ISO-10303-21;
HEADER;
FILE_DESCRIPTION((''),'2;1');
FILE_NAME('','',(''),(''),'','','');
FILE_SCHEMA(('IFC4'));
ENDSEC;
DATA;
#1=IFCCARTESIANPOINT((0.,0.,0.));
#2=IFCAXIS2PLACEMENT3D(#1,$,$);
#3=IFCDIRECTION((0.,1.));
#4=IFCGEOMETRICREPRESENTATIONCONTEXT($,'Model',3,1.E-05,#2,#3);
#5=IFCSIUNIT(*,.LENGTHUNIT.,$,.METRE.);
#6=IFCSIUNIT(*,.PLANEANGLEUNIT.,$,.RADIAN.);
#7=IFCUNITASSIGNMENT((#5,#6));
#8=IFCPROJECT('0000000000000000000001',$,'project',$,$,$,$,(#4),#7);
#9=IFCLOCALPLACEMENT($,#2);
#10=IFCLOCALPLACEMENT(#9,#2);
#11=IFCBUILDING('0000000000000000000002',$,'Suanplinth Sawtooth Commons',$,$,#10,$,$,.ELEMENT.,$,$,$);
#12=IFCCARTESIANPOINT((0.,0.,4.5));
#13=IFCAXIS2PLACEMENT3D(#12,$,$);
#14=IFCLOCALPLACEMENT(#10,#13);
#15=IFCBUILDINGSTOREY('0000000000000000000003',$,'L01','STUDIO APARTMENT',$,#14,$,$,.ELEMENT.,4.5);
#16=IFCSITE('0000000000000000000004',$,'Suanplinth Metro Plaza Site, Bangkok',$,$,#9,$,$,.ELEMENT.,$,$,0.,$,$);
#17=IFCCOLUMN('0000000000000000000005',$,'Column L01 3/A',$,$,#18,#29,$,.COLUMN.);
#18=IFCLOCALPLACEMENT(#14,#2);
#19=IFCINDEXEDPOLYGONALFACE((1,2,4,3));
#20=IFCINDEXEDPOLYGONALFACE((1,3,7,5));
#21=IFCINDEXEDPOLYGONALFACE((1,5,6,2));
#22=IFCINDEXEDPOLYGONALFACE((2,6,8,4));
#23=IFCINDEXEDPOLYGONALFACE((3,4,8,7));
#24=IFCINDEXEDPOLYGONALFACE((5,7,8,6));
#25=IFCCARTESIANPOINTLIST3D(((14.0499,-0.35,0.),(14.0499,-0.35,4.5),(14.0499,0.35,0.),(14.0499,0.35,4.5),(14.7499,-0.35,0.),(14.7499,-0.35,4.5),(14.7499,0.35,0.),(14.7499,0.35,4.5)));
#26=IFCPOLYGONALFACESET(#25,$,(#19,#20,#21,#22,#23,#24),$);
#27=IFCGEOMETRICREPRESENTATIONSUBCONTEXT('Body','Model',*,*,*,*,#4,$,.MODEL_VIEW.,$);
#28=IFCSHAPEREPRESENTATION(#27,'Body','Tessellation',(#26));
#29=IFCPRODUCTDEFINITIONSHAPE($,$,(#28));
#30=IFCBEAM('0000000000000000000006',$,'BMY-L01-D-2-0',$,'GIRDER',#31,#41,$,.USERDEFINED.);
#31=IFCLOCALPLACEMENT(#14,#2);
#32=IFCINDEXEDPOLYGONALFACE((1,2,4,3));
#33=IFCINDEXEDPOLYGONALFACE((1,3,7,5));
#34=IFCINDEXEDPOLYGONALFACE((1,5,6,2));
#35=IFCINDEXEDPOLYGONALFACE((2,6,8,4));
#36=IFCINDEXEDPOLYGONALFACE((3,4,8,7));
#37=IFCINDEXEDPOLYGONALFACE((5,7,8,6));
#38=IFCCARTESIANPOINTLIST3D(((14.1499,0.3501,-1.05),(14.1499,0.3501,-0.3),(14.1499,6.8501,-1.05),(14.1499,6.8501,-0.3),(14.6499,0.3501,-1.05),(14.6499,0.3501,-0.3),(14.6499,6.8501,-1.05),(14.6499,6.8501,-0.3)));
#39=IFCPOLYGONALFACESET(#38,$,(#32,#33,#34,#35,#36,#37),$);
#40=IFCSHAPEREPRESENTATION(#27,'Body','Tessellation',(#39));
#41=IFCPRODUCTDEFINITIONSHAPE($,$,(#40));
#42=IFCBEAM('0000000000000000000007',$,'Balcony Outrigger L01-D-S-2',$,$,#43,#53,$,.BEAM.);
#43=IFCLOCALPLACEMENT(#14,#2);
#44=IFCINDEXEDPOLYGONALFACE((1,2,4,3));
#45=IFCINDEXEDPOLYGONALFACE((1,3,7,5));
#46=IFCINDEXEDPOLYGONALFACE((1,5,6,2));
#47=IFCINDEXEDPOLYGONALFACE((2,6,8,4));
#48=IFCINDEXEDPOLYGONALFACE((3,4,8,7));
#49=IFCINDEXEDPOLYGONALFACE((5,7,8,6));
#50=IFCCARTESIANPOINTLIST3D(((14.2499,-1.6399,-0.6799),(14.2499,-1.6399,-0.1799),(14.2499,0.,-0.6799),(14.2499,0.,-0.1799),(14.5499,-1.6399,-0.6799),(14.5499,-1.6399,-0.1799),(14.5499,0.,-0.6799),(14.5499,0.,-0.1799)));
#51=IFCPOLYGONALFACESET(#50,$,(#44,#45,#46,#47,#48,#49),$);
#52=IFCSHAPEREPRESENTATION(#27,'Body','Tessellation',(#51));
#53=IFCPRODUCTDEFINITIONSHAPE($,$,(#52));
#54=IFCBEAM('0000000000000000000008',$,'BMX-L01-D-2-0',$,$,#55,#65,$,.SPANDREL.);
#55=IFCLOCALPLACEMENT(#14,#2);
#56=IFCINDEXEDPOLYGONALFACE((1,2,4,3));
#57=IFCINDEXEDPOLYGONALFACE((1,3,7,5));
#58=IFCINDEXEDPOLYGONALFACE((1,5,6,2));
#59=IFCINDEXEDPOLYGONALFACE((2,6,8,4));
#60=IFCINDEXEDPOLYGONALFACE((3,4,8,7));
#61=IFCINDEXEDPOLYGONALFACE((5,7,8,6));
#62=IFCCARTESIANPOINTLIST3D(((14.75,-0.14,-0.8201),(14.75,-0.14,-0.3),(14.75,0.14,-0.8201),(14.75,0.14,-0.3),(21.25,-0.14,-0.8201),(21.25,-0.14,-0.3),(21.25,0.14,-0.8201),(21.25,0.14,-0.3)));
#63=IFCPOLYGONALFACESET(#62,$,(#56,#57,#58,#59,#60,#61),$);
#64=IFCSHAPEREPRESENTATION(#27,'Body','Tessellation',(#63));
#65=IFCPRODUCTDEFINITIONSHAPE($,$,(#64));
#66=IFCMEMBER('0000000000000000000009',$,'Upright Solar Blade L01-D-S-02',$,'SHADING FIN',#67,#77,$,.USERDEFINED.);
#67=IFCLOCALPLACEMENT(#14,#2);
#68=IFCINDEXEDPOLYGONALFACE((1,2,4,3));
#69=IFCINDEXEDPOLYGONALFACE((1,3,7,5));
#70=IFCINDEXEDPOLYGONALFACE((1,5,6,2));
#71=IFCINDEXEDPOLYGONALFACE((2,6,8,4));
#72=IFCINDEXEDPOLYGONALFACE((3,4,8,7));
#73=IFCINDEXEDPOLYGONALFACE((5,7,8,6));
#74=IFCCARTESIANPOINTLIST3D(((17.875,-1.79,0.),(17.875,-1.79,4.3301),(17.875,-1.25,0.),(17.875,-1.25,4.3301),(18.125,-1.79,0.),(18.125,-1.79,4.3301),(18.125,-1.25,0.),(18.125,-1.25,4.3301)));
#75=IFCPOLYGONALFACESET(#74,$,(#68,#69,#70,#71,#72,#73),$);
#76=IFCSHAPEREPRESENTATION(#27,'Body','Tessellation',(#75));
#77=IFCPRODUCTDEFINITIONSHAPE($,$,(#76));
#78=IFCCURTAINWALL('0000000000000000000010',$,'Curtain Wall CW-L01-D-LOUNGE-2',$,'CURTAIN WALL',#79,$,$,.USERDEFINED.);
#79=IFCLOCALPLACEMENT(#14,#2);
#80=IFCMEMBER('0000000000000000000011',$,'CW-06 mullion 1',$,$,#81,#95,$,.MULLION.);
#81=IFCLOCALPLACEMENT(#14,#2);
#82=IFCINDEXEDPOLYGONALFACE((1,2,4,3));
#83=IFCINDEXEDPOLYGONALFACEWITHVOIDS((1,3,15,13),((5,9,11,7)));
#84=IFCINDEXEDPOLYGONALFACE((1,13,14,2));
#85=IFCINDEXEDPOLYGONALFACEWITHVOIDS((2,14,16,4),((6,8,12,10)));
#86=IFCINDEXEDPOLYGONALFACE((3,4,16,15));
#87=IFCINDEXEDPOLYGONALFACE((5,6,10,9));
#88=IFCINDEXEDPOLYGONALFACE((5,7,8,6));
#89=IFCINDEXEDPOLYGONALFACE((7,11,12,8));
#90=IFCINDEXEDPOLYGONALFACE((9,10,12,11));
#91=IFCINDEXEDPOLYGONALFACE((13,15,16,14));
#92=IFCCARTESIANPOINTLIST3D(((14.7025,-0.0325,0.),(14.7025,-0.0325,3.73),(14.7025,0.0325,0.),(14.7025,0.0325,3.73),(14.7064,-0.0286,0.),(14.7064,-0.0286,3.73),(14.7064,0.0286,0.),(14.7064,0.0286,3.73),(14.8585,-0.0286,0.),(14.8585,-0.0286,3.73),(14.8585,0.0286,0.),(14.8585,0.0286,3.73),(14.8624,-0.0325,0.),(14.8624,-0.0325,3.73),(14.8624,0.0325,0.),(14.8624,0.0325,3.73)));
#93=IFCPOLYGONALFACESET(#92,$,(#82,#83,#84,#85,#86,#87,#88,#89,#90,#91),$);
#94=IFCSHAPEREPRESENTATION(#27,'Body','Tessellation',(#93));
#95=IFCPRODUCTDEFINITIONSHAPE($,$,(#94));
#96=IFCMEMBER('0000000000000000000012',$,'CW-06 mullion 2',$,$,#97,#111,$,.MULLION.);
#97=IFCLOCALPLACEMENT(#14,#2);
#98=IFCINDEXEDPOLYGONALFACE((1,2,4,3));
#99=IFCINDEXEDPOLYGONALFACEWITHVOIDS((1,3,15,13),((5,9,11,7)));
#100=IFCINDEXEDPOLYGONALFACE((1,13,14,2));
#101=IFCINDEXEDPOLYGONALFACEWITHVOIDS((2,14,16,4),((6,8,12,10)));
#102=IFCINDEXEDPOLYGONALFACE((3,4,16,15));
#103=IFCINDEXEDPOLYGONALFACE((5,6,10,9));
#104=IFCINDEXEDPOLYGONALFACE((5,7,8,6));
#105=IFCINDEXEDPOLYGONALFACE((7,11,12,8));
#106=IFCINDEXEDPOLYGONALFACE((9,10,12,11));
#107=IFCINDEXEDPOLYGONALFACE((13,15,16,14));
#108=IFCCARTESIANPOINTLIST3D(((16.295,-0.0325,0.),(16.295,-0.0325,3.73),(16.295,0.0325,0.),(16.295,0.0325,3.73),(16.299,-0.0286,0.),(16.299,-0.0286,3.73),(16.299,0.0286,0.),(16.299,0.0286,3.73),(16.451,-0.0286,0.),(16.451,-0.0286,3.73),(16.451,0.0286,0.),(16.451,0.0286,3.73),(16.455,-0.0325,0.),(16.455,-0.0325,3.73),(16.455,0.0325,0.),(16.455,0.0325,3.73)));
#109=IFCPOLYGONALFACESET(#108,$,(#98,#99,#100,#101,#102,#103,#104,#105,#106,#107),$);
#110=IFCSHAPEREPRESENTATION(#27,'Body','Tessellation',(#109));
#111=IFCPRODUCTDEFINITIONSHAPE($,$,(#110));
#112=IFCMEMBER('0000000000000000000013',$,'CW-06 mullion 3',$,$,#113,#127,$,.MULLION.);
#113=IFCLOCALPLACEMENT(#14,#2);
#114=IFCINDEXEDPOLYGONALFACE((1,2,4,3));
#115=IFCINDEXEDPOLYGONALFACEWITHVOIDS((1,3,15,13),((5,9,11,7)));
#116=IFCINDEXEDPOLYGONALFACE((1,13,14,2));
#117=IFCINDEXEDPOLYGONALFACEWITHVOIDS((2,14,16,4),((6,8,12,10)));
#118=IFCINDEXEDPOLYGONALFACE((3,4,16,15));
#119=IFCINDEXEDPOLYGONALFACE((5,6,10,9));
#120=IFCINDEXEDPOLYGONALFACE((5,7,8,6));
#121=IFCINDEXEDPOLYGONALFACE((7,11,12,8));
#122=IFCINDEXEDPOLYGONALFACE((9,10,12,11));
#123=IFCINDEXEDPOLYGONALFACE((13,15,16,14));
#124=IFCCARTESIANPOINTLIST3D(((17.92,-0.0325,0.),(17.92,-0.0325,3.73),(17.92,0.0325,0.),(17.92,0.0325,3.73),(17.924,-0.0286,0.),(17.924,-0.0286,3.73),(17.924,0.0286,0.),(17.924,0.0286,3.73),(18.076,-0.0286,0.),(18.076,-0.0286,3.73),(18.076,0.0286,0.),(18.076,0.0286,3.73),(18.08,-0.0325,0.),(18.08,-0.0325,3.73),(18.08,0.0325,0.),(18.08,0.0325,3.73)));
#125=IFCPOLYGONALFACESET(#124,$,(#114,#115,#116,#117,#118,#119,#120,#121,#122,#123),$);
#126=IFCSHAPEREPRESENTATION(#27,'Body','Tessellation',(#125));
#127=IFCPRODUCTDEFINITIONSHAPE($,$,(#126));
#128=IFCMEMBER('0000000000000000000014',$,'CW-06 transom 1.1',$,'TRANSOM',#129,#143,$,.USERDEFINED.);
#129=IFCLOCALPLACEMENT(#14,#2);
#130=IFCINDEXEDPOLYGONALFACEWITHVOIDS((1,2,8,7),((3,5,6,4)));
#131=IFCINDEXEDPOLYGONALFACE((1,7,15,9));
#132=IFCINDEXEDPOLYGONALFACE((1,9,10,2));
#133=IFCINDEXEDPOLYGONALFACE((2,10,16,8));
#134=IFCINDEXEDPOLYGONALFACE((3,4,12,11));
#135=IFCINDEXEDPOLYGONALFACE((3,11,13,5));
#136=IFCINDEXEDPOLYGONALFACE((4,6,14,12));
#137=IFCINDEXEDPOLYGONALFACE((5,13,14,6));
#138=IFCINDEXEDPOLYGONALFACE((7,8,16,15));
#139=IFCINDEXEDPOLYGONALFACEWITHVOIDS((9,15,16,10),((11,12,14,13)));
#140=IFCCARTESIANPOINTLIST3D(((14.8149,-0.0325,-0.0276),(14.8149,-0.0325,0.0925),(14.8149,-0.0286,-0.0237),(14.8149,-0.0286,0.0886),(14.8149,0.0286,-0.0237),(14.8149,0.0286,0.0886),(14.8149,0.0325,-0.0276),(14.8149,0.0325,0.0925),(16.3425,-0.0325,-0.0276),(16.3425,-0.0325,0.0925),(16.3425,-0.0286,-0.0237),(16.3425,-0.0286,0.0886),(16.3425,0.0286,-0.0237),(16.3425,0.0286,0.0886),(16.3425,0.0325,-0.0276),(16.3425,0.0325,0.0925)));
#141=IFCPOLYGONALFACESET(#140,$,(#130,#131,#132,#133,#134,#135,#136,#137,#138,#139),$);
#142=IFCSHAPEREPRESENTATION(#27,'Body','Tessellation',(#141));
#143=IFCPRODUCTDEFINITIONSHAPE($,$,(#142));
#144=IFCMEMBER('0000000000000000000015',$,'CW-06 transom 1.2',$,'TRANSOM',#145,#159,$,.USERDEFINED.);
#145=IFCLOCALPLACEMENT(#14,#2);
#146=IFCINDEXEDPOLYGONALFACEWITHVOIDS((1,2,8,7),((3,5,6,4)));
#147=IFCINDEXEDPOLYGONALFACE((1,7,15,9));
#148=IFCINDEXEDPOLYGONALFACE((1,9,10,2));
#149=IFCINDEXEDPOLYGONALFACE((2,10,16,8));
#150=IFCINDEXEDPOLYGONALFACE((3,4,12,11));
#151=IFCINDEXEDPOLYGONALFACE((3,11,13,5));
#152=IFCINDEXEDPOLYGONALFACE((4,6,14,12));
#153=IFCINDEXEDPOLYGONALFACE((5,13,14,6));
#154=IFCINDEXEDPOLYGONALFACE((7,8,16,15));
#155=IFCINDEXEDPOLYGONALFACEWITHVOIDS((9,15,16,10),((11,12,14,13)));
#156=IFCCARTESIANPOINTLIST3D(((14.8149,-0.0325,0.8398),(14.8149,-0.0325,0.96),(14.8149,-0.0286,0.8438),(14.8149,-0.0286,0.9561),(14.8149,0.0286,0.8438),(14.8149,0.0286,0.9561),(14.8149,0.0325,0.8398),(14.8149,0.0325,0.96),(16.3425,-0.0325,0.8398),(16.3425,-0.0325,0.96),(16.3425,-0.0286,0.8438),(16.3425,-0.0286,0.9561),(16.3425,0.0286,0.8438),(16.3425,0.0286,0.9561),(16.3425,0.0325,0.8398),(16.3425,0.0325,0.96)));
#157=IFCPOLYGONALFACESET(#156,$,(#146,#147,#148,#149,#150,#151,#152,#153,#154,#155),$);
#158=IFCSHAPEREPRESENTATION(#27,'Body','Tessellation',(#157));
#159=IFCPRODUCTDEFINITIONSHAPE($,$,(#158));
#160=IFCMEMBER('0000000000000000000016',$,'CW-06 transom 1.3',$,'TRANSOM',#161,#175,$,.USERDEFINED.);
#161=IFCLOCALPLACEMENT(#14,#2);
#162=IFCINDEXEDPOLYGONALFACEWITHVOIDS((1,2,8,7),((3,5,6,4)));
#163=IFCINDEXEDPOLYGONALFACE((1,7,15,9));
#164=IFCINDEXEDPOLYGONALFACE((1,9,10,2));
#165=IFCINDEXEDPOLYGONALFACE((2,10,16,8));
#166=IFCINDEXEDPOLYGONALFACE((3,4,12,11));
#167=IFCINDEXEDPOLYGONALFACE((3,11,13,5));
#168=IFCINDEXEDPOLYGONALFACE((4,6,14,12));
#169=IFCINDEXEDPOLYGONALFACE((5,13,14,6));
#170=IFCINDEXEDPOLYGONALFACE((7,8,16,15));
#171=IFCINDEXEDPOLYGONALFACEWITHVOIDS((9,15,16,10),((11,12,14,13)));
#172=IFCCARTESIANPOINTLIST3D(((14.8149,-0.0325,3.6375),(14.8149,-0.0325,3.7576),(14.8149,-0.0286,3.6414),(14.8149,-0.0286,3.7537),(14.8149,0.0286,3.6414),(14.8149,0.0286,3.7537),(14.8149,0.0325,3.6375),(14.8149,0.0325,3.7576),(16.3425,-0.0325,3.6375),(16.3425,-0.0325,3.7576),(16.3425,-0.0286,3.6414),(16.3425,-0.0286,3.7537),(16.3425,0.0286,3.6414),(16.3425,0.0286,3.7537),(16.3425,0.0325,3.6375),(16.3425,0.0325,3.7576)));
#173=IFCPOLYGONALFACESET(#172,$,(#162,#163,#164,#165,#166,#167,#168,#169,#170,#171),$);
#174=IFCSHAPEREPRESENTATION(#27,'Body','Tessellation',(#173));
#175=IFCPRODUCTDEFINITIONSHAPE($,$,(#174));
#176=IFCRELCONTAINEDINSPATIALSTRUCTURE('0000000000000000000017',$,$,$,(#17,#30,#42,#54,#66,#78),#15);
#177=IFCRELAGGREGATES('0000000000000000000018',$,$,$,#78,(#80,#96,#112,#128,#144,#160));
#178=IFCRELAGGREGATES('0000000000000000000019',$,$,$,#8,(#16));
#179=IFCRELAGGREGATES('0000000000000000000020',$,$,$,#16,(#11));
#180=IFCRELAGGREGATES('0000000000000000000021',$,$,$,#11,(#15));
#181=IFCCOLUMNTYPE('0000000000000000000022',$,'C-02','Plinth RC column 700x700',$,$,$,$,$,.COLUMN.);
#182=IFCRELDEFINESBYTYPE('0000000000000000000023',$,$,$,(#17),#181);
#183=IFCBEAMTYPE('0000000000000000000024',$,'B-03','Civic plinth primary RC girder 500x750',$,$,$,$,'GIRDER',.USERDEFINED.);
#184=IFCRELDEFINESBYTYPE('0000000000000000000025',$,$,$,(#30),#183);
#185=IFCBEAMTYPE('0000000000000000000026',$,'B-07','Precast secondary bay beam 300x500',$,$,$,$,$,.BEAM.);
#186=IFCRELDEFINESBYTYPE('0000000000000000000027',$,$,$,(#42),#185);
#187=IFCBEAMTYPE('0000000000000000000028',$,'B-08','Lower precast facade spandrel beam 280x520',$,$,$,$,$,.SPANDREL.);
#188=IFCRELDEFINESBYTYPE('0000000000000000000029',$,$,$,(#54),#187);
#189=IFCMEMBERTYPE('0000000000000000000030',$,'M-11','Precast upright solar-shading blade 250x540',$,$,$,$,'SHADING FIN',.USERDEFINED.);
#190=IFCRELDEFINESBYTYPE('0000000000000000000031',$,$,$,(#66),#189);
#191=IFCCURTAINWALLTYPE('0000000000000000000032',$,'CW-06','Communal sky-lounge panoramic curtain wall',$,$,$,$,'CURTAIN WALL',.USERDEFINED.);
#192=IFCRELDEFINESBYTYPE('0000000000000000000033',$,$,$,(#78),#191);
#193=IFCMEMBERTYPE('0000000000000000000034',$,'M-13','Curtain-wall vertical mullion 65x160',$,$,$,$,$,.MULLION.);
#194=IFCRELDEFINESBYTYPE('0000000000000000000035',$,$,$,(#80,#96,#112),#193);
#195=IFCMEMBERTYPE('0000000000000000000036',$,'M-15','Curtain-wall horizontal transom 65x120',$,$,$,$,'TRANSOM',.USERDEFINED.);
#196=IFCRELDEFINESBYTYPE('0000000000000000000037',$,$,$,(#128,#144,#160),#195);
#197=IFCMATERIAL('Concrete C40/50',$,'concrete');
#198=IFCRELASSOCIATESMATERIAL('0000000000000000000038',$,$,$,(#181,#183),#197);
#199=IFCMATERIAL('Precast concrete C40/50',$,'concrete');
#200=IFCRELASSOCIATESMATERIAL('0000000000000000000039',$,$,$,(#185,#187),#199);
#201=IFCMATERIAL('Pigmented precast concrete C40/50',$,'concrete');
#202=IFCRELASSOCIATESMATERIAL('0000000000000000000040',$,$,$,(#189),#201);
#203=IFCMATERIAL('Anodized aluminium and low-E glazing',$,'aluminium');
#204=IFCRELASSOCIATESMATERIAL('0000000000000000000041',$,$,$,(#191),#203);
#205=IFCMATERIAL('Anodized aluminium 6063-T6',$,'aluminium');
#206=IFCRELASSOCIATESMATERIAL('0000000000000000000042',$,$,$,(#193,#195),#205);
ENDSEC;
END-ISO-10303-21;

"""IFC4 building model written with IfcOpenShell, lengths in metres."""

from ifc_helpers import new_model, si_unit, direction, frame, origin, origin_2d, place, context, subcontext, project, spatial, rectangle, hollow_rectangle, extrude, material, material_profile, profile_set, type_object, element, aggregate, save


model = new_model("IFC4")

# Units and contexts
model_context = context("Model", 3, precision=1e-05, world=origin(), true_north=direction((0.0, 1.0)))
body_context = subcontext(model_context, "Body", "Model", "MODEL_VIEW")
ifc_project = project(units=[si_unit("LENGTHUNIT", "METRE"), si_unit("PLANEANGLEUNIT", "RADIAN")], contexts=[model_context])

# Site, building, storey
site_placement = place(None, origin())
site = spatial("IfcSite", under=ifc_project, at=site_placement, Name="Suanplinth Metro Plaza Site, Bangkok", CompositionType="ELEMENT", RefElevation=0.0)
building_placement = place(site_placement, origin())
building = spatial("IfcBuilding", under=site, at=building_placement, Name="Suanplinth Sawtooth Commons", CompositionType="ELEMENT")
storey_placement = place(building_placement, frame((0.0, 0.0, 4.5)))
storey = spatial("IfcBuildingStorey", under=building, at=storey_placement, Name="L01", Description="STUDIO APARTMENT", CompositionType="ELEMENT", Elevation=4.5)

# Column
ifc_material_1 = material(Name="Concrete C40/50", Category="concrete")
ifc_material_profile_1 = material_profile(ifc_material_1, rectangle(XDim=0.7, YDim=0.7, at=origin_2d()), Name="RC-COL 700x700")
ifc_profile_set_1 = profile_set([ifc_material_profile_1], Name="Concrete C40/50")
column_type = type_object("IfcColumnType", Name="C-02", Description="Plinth RC column 700x700", PredefinedType="COLUMN", material=ifc_profile_set_1)
column_placement = place(storey_placement, frame((14.3999, 0.0, 0.0), z_axis=(0.0, 0.0, 1.0), x_axis=(1.0, 0.0, 0.0)))
element("IfcColumn", 1, at=column_placement, inside=storey, type_object=column_type, Name="Column L01 3/A", PredefinedType="COLUMN", context=body_context, shape_type="SweptSolid", body=[
    extrude(rectangle(XDim=0.7, YDim=0.7, at=origin_2d()), origin(), (0.0, 0.0, 1.0), 4.5),
])

# Beams
ifc_material_profile_2 = material_profile(ifc_material_1, rectangle(XDim=0.5, YDim=0.75, at=origin_2d()), Name="RC-GDR 500x750")
ifc_profile_set_2 = profile_set([ifc_material_profile_2], Name="Concrete C40/50")
beam_type_1 = type_object("IfcBeamType", Name="B-03", Description="Civic plinth primary RC girder 500x750", ElementType="GIRDER", PredefinedType="USERDEFINED", material=ifc_profile_set_2)
beam_1_placement = place(storey_placement, frame((14.3999, 0.3501, -0.675), z_axis=(0.0, 1.0, 0.0), x_axis=(-1.0, 0.0, 0.0)))
element("IfcBeam", 2, at=beam_1_placement, inside=storey, type_object=beam_type_1, Name="BMY-L01-D-2-0", ObjectType="GIRDER", PredefinedType="USERDEFINED", context=body_context, shape_type="SweptSolid", body=[
    extrude(rectangle(XDim=0.5, YDim=0.75, at=origin_2d()), origin(), (0.0, 0.0, 1.0), 6.5),
])
ifc_material_2 = material(Name="Precast concrete C40/50", Category="concrete")
ifc_material_profile_3 = material_profile(ifc_material_2, rectangle(XDim=0.3, YDim=0.5, at=origin_2d()), Name="PC-BM 300x500")
ifc_profile_set_3 = profile_set([ifc_material_profile_3], Name="Precast concrete C40/50")
beam_type_2 = type_object("IfcBeamType", Name="B-07", Description="Precast secondary bay beam 300x500", PredefinedType="BEAM", material=ifc_profile_set_3)
beam_2_placement = place(storey_placement, frame((14.3999, 0.0, -0.4299), z_axis=(0.0, -1.0, 0.0), x_axis=(1.0, 0.0, 0.0)))
element("IfcBeam", 3, at=beam_2_placement, inside=storey, type_object=beam_type_2, Name="Balcony Outrigger L01-D-S-2", PredefinedType="BEAM", context=body_context, shape_type="SweptSolid", body=[
    extrude(rectangle(XDim=0.3, YDim=0.5, at=origin_2d()), origin(), (0.0, 0.0, 1.0), 1.6399),
])
ifc_material_profile_4 = material_profile(ifc_material_2, rectangle(XDim=0.28, YDim=0.52, at=origin_2d()), Name="PC-SP 280x520")
ifc_profile_set_4 = profile_set([ifc_material_profile_4], Name="Precast concrete C40/50")
beam_type_3 = type_object("IfcBeamType", Name="B-08", Description="Lower precast facade spandrel beam 280x520", PredefinedType="SPANDREL", material=ifc_profile_set_4)
beam_3_placement = place(storey_placement, frame((14.75, 0.0, -0.5601), z_axis=(1.0, 0.0, 0.0), x_axis=(0.0, 1.0, 0.0)))
element("IfcBeam", 4, at=beam_3_placement, inside=storey, type_object=beam_type_3, Name="BMX-L01-D-2-0", PredefinedType="SPANDREL", context=body_context, shape_type="SweptSolid", body=[
    extrude(rectangle(XDim=0.28, YDim=0.52, at=origin_2d()), origin(), (0.0, 0.0, 1.0), 6.5),
])

# Member
ifc_material_3 = material(Name="Pigmented precast concrete C40/50", Category="concrete")
ifc_material_profile_5 = material_profile(ifc_material_3, rectangle(XDim=0.25, YDim=0.54, at=origin_2d()), Name="PC-FIN 250x540")
ifc_profile_set_5 = profile_set([ifc_material_profile_5], Name="Pigmented precast concrete C40/50")
member_type_1 = type_object("IfcMemberType", Name="M-11", Description="Precast upright solar-shading blade 250x540", ElementType="SHADING FIN", PredefinedType="USERDEFINED", material=ifc_profile_set_5)
member_1_placement = place(storey_placement, frame((18.0, -1.52, 0.0), z_axis=(0.0, 0.0, 1.0), x_axis=(1.0, 0.0, 0.0)))
element("IfcMember", 5, at=member_1_placement, inside=storey, type_object=member_type_1, Name="Upright Solar Blade L01-D-S-02", ObjectType="SHADING FIN", PredefinedType="USERDEFINED", context=body_context, shape_type="SweptSolid", body=[
    extrude(rectangle(XDim=0.25, YDim=0.54, at=origin_2d()), origin(), (0.0, 0.0, 1.0), 4.3301),
])

# Curtain wall, members
ifc_material_4 = material(Name="Anodized aluminium and low-E glazing", Category="aluminium")
curtain_wall_type = type_object("IfcCurtainWallType", Name="CW-06", Description="Communal sky-lounge panoramic curtain wall", ElementType="CURTAIN WALL", PredefinedType="USERDEFINED", material=ifc_material_4)
curtain_wall_placement = place(storey_placement, origin())
curtain_wall = element("IfcCurtainWall", 6, at=curtain_wall_placement, inside=storey, type_object=curtain_wall_type, Name="Curtain Wall CW-L01-D-LOUNGE-2", ObjectType="CURTAIN WALL", PredefinedType="USERDEFINED")
ifc_material_5 = material(Name="Anodized aluminium 6063-T6", Category="aluminium")
ifc_material_profile_6 = material_profile(ifc_material_5, hollow_rectangle(XDim=0.0649, YDim=0.1599, WallThickness=0.0039, at=origin_2d()), Name="ALU-MUL 65x160")
ifc_profile_set_6 = profile_set([ifc_material_profile_6], Name="Anodized aluminium 6063-T6")
member_type_2 = type_object("IfcMemberType", Name="M-13", Description="Curtain-wall vertical mullion 65x160", PredefinedType="MULLION", material=ifc_profile_set_6)
member_2_placement = place(storey_placement, frame((14.7825, 0.0, 0.0), z_axis=(0.0, 0.0, 1.0), x_axis=(0.0, 1.0, 0.0)))
member_2 = element("IfcMember", 7, at=member_2_placement, type_object=member_type_2, Name="CW-06 mullion 1", PredefinedType="MULLION", context=body_context, shape_type="SweptSolid", body=[
    extrude(hollow_rectangle(XDim=0.0649, YDim=0.1599, WallThickness=0.0039, at=origin_2d()), origin(), (0.0, 0.0, 1.0), 3.73),
])
member_3_placement = place(storey_placement, frame((16.375, 0.0, 0.0), z_axis=(0.0, 0.0, 1.0), x_axis=(0.0, 1.0, 0.0)))
member_3 = element("IfcMember", 8, at=member_3_placement, type_object=member_type_2, Name="CW-06 mullion 2", PredefinedType="MULLION", context=body_context, shape_type="SweptSolid", body=[
    extrude(hollow_rectangle(XDim=0.0649, YDim=0.1599, WallThickness=0.0039, at=origin_2d()), origin(), (0.0, 0.0, 1.0), 3.73),
])
member_4_placement = place(storey_placement, frame((18.0, 0.0, 0.0), z_axis=(0.0, 0.0, 1.0), x_axis=(0.0, 1.0, 0.0)))
member_4 = element("IfcMember", 9, at=member_4_placement, type_object=member_type_2, Name="CW-06 mullion 3", PredefinedType="MULLION", context=body_context, shape_type="SweptSolid", body=[
    extrude(hollow_rectangle(XDim=0.0649, YDim=0.1599, WallThickness=0.0039, at=origin_2d()), origin(), (0.0, 0.0, 1.0), 3.73),
])
ifc_material_profile_7 = material_profile(ifc_material_5, hollow_rectangle(XDim=0.0649, YDim=0.1201, WallThickness=0.0039, at=origin_2d()), Name="ALU-TRN 65x120")
ifc_profile_set_7 = profile_set([ifc_material_profile_7], Name="Anodized aluminium 6063-T6")
member_type_3 = type_object("IfcMemberType", Name="M-15", Description="Curtain-wall horizontal transom 65x120", ElementType="TRANSOM", PredefinedType="USERDEFINED", material=ifc_profile_set_7)
member_5_placement = place(storey_placement, frame((14.8149, 0.0, 0.0325), z_axis=(1.0, 0.0, 0.0), x_axis=(0.0, 1.0, 0.0)))
member_5 = element("IfcMember", 10, at=member_5_placement, type_object=member_type_3, Name="CW-06 transom 1.1", ObjectType="TRANSOM", PredefinedType="USERDEFINED", context=body_context, shape_type="SweptSolid", body=[
    extrude(hollow_rectangle(XDim=0.0649, YDim=0.1201, WallThickness=0.0039, at=origin_2d()), origin(), (0.0, 0.0, 1.0), 1.5276),
])
member_6_placement = place(storey_placement, frame((14.8149, 0.0, 0.8999), z_axis=(1.0, 0.0, 0.0), x_axis=(0.0, 1.0, 0.0)))
member_6 = element("IfcMember", 11, at=member_6_placement, type_object=member_type_3, Name="CW-06 transom 1.2", ObjectType="TRANSOM", PredefinedType="USERDEFINED", context=body_context, shape_type="SweptSolid", body=[
    extrude(hollow_rectangle(XDim=0.0649, YDim=0.1201, WallThickness=0.0039, at=origin_2d()), origin(), (0.0, 0.0, 1.0), 1.5276),
])
member_7_placement = place(storey_placement, frame((14.8149, 0.0, 3.6975), z_axis=(1.0, 0.0, 0.0), x_axis=(0.0, 1.0, 0.0)))
member_7 = element("IfcMember", 12, at=member_7_placement, type_object=member_type_3, Name="CW-06 transom 1.3", ObjectType="TRANSOM", PredefinedType="USERDEFINED", context=body_context, shape_type="SweptSolid", body=[
    extrude(hollow_rectangle(XDim=0.0649, YDim=0.1201, WallThickness=0.0039, at=origin_2d()), origin(), (0.0, 0.0, 1.0), 1.5276),
])
aggregate(curtain_wall, [member_2, member_3, member_4, member_5, member_6, member_7])

save(model, "model.ifc")
